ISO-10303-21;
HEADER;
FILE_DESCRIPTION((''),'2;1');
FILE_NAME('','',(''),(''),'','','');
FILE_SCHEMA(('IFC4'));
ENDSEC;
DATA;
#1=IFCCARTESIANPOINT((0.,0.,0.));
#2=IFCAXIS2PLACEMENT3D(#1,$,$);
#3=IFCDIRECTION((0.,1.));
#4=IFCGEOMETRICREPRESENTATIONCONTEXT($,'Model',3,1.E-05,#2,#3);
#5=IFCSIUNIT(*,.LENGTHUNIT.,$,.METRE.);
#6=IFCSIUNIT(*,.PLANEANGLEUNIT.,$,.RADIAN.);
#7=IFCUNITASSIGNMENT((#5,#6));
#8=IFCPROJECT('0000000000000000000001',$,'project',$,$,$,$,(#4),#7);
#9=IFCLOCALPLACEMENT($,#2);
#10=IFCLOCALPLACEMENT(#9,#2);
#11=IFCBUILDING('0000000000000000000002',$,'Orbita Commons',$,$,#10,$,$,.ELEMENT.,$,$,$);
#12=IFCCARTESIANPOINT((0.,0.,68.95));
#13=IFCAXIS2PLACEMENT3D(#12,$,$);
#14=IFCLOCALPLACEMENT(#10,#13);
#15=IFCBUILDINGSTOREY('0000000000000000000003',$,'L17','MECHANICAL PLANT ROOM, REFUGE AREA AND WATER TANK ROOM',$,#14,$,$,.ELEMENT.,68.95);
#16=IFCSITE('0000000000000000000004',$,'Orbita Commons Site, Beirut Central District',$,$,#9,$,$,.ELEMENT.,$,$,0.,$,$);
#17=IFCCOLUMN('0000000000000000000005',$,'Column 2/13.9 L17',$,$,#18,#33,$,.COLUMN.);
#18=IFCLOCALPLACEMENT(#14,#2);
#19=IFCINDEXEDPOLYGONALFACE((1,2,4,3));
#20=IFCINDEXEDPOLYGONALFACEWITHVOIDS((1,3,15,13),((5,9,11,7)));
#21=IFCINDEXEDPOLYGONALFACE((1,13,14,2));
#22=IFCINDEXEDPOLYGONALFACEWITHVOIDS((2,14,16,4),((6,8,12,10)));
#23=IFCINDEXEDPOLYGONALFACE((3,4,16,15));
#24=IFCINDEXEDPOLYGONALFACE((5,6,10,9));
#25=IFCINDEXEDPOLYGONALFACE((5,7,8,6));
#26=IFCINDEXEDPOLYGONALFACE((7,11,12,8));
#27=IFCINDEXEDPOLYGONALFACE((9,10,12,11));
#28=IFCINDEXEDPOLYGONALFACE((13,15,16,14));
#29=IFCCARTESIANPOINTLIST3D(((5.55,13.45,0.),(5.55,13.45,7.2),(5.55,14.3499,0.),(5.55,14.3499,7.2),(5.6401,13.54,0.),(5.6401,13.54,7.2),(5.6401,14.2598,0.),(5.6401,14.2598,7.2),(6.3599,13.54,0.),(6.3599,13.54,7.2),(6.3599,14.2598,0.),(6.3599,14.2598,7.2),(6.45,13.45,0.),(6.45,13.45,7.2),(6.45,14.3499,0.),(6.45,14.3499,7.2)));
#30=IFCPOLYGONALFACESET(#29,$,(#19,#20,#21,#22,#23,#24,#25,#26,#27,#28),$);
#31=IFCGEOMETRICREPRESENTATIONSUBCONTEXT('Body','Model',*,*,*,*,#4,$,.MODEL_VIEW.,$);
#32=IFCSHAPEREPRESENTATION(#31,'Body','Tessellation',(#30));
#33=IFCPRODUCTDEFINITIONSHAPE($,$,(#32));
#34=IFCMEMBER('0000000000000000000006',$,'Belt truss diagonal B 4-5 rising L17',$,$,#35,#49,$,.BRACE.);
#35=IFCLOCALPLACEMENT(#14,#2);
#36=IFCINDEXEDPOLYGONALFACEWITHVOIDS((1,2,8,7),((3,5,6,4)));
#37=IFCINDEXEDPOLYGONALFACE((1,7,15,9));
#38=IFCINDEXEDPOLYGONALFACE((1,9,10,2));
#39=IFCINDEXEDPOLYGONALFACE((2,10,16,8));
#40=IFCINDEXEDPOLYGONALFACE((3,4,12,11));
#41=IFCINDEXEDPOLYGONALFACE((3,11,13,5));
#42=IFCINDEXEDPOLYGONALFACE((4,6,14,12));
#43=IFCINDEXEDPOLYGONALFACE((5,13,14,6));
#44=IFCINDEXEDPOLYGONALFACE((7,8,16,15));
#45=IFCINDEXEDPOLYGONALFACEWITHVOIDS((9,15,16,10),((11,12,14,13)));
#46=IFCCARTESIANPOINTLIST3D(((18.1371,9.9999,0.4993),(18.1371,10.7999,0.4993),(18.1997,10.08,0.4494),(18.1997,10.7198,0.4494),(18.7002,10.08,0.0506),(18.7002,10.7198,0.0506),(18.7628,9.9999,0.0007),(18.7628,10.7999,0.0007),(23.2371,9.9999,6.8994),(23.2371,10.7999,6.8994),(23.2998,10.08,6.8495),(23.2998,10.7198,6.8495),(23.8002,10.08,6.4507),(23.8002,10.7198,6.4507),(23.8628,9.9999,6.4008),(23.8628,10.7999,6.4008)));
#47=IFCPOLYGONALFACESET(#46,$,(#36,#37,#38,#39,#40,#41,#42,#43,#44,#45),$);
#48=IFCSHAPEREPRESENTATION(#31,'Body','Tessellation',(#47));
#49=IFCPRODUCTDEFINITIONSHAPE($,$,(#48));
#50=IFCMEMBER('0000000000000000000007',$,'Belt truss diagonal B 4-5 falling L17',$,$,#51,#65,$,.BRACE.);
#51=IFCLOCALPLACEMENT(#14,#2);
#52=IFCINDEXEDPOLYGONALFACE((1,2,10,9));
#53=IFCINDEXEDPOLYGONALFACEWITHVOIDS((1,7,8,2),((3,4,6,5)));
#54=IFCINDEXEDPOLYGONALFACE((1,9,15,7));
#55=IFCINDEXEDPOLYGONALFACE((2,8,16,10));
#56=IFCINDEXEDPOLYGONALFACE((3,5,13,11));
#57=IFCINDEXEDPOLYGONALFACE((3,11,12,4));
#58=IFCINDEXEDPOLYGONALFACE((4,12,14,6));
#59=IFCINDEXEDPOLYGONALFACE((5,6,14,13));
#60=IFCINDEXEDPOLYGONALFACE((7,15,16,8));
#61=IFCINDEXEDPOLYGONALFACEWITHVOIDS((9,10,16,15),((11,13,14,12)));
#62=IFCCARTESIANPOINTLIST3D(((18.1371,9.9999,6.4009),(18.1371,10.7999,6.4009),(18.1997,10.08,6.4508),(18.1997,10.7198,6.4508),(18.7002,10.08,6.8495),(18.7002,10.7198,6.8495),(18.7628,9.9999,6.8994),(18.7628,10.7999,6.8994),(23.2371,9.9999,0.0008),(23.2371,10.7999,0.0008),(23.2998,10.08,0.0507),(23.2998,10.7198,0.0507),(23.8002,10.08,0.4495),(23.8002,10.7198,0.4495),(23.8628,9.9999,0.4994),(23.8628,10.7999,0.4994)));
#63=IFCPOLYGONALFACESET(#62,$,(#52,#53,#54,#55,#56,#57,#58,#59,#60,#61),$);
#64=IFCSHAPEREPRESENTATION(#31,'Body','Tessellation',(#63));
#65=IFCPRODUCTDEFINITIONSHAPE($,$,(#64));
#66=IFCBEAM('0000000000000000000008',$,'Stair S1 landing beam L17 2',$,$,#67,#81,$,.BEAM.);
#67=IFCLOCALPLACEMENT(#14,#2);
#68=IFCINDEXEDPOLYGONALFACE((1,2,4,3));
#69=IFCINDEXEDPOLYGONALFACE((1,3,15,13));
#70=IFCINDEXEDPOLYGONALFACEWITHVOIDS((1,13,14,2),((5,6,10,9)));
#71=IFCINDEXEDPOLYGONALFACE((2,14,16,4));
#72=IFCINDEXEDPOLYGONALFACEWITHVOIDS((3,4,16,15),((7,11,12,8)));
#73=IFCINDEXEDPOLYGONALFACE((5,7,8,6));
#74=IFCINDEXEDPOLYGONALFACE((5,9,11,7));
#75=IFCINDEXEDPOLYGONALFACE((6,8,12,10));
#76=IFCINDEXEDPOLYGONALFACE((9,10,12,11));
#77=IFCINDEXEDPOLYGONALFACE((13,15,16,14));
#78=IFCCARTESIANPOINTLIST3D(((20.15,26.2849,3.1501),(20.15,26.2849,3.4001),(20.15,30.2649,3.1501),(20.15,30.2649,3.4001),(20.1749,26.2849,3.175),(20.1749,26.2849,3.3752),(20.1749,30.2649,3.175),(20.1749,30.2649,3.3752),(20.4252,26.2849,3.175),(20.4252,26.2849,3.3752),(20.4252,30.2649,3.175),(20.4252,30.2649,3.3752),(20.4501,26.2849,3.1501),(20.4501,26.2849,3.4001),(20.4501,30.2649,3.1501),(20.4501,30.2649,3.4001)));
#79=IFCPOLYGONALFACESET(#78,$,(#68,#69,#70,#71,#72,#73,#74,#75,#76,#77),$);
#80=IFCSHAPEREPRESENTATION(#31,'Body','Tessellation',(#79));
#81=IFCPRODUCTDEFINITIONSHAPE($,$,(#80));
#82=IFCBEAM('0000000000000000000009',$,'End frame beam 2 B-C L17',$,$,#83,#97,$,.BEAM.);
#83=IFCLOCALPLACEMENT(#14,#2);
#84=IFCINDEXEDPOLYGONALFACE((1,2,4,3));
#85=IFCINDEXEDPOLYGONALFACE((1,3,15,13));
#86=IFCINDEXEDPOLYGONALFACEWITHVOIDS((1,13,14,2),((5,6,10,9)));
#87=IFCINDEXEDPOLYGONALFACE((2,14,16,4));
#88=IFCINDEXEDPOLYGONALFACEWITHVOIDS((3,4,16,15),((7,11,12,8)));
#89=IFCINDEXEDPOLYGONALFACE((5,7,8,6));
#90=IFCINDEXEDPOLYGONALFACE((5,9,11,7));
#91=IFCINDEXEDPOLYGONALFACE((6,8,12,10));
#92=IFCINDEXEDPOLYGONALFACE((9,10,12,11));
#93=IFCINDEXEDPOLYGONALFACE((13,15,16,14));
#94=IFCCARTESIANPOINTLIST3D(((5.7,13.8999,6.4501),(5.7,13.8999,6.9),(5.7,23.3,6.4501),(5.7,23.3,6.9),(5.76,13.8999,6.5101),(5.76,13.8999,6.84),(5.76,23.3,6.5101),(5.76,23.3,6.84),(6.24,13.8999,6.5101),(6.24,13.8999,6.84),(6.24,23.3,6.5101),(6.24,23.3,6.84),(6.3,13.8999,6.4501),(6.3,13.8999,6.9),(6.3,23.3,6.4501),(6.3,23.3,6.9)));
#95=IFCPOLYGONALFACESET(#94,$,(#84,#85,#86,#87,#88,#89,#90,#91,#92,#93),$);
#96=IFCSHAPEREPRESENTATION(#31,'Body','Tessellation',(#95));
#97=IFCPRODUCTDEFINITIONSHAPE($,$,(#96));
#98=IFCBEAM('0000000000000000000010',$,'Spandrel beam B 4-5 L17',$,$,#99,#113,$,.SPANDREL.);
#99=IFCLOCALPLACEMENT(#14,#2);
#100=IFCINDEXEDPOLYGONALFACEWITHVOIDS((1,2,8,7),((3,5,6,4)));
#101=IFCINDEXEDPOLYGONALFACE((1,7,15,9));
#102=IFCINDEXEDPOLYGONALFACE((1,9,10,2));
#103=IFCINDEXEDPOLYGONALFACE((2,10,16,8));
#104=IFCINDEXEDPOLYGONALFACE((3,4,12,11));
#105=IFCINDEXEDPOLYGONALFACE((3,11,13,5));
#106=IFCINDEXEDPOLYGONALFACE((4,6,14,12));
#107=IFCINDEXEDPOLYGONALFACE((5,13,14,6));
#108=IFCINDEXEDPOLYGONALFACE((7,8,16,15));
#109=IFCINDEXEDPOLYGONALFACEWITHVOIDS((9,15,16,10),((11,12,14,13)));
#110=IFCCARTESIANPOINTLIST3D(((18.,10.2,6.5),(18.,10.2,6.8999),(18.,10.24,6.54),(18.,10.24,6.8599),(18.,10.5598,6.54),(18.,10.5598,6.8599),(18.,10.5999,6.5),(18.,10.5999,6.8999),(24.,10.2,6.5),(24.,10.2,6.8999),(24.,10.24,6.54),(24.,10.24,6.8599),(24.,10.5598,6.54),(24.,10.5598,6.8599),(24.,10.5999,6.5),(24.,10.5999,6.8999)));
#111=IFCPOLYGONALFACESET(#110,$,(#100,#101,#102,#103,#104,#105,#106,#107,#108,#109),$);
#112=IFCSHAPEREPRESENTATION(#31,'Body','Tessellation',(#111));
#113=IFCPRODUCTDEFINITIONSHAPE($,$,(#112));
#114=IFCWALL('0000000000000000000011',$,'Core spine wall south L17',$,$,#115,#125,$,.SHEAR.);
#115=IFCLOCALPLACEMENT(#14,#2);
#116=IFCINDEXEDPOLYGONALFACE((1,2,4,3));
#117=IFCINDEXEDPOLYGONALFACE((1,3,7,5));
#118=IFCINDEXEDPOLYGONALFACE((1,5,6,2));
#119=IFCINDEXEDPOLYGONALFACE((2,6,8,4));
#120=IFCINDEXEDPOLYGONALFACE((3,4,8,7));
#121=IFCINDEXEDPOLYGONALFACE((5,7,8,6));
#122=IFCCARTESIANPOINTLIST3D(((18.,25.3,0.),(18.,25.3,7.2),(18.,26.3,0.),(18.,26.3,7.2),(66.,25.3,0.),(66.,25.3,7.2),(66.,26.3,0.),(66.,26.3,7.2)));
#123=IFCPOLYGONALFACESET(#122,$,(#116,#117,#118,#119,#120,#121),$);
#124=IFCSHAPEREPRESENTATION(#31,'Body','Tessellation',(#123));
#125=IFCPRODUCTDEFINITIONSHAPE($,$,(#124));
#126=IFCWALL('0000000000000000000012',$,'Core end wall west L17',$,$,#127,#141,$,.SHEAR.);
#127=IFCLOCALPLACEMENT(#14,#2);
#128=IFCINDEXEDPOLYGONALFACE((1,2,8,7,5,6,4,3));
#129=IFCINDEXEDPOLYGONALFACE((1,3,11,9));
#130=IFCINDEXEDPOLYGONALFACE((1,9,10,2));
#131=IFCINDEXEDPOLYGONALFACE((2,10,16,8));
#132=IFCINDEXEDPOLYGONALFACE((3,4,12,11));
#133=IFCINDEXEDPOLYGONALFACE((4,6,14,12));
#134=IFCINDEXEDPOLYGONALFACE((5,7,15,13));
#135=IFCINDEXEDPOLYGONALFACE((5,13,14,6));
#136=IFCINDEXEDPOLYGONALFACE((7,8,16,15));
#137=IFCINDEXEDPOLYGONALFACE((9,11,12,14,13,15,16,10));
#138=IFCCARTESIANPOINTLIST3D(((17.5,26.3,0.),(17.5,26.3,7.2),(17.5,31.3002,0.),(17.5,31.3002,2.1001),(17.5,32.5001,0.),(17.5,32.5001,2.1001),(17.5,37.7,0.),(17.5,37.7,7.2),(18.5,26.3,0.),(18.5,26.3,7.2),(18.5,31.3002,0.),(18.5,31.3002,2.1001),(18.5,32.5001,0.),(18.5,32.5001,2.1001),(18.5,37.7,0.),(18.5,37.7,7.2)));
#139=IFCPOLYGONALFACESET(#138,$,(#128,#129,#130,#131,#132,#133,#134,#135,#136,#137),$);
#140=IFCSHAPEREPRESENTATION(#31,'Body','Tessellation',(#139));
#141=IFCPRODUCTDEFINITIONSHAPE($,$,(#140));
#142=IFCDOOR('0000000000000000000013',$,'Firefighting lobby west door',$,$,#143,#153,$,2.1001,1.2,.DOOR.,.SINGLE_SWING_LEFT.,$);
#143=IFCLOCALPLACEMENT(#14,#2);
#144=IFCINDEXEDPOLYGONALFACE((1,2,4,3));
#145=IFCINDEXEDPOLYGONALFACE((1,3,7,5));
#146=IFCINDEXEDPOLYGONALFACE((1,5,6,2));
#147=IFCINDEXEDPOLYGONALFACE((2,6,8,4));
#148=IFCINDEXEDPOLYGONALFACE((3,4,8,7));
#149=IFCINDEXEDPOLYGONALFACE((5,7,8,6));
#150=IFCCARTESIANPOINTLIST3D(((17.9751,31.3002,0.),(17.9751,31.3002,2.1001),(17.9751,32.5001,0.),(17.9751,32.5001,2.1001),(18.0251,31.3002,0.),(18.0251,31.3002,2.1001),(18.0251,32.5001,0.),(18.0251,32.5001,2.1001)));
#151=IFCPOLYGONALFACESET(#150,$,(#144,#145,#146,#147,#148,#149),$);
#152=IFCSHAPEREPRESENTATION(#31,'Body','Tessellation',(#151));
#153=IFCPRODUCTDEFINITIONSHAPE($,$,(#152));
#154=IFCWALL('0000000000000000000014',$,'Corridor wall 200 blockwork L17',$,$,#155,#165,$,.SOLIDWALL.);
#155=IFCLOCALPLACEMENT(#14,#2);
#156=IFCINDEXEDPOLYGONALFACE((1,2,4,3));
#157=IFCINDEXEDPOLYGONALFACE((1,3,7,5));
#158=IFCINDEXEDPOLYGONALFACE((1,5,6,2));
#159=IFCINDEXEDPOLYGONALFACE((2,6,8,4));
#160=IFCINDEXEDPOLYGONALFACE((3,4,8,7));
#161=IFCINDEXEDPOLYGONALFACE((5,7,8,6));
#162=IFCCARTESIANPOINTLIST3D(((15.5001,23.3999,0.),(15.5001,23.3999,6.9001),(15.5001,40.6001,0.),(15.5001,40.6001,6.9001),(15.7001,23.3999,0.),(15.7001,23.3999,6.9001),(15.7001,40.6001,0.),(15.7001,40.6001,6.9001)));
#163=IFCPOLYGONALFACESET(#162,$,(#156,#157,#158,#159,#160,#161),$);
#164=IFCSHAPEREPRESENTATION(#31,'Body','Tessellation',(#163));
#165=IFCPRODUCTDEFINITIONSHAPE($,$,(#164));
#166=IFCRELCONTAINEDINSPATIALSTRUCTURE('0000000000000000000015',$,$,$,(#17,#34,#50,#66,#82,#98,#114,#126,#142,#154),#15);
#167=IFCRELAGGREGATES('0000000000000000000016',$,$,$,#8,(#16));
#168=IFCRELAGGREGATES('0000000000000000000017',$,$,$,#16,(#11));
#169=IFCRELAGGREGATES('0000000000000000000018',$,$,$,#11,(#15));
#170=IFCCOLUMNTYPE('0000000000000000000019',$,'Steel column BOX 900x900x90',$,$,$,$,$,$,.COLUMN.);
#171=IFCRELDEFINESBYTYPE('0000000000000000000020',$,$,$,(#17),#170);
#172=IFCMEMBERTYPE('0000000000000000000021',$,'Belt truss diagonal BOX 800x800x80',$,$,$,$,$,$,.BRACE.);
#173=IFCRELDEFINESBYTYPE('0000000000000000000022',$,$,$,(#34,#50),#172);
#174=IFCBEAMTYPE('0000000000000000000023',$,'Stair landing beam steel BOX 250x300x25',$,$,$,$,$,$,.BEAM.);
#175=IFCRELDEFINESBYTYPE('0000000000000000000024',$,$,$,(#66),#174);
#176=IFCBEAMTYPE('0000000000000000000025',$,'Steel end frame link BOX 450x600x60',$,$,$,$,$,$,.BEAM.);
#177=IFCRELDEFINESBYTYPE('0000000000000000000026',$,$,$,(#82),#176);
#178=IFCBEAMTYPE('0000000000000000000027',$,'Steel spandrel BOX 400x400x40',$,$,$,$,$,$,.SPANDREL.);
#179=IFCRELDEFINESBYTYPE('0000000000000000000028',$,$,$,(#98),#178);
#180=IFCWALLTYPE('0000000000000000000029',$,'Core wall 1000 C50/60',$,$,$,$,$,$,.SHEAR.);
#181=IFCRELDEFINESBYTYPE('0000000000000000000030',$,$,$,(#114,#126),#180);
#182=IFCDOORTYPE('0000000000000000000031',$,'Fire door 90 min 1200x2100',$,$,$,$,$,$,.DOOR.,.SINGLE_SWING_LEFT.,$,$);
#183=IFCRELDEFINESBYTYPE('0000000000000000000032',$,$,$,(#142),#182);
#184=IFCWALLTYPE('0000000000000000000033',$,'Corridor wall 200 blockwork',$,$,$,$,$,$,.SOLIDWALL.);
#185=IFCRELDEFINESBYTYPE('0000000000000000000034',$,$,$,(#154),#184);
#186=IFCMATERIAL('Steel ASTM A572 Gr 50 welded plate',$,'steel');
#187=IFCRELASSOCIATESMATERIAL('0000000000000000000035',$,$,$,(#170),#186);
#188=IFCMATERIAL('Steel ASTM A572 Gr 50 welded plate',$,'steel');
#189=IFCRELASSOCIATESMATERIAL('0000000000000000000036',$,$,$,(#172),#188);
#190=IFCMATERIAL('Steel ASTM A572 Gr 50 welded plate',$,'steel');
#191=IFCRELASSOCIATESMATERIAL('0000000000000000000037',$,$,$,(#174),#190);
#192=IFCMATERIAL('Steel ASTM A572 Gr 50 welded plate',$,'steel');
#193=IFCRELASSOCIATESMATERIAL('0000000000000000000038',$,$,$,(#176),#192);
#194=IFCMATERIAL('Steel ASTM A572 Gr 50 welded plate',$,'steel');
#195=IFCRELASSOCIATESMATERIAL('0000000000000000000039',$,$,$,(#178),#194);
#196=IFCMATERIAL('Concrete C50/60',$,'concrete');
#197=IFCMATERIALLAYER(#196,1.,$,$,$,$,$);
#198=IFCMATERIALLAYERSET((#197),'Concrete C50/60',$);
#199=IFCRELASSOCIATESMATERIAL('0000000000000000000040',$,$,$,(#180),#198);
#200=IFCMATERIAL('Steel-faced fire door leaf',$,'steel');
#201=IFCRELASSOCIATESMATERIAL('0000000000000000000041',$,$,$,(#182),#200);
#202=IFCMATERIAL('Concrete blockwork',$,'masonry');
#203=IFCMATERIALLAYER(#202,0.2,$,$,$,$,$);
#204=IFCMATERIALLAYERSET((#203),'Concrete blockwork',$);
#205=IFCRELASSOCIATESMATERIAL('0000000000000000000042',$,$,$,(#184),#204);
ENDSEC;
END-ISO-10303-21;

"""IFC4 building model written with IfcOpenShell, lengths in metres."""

from ifc_helpers import new_model, si_unit, direction, frame, frame_2d, origin, origin_2d, place, context, subcontext, project, spatial, rectangle, hollow_rectangle, extrude, material, layer, layer_set, material_profile, profile_set, type_object, element, fill, save


model = new_model("IFC4")

# Units and contexts
model_context = context("Model", 3, precision=1e-05, world=origin(), true_north=direction((0.0, 1.0)))
body_context = subcontext(model_context, "Body", "Model", "MODEL_VIEW")
ifc_project = project(units=[si_unit("LENGTHUNIT", "METRE"), si_unit("PLANEANGLEUNIT", "RADIAN")], contexts=[model_context])

# Site, building, storey
site_placement = place(None, origin())
site = spatial("IfcSite", under=ifc_project, at=site_placement, Name="Orbita Commons Site, Beirut Central District", CompositionType="ELEMENT", RefElevation=0.0)
building_placement = place(site_placement, origin())
building = spatial("IfcBuilding", under=site, at=building_placement, Name="Orbita Commons", CompositionType="ELEMENT")
storey_placement = place(building_placement, frame((0.0, 0.0, 68.95)))
storey = spatial("IfcBuildingStorey", under=building, at=storey_placement, Name="L17", Description="MECHANICAL PLANT ROOM, REFUGE AREA AND WATER TANK ROOM", CompositionType="ELEMENT", Elevation=68.95)

# Column
ifc_material_1 = material(Name="Steel ASTM A572 Gr 50 welded plate", Category="steel")
ifc_material_profile_1 = material_profile(ifc_material_1, hollow_rectangle(XDim=0.8999, YDim=0.8999, WallThickness=0.0901, at=origin_2d()), Name="BOX 900x900x90")
ifc_profile_set_1 = profile_set([ifc_material_profile_1], Name="Steel ASTM A572 Gr 50 welded plate")
column_type = type_object("IfcColumnType", Name="Steel column BOX 900x900x90", PredefinedType="COLUMN", material=ifc_profile_set_1)
column_placement = place(storey_placement, frame((6.0, 13.8999, 0.0), z_axis=(0.0, 0.0, 1.0), x_axis=(1.0, 0.0, 0.0)))
element("IfcColumn", 1, at=column_placement, inside=storey, type_object=column_type, Name="Column 2/13.9 L17", PredefinedType="COLUMN", context=body_context, shape_type="SweptSolid", body=[
    extrude(hollow_rectangle(XDim=0.8999, YDim=0.8999, WallThickness=0.0901, at=origin_2d()), origin(), (0.0, 0.0, 1.0), 7.2),
])

# Members
ifc_material_2 = material(Name="Steel ASTM A572 Gr 50 welded plate", Category="steel")
ifc_material_profile_2 = material_profile(ifc_material_2, hollow_rectangle(XDim=0.8, YDim=0.8, WallThickness=0.0801, at=origin_2d()), Name="BOX 800x800x80")
ifc_profile_set_2 = profile_set([ifc_material_profile_2], Name="Steel ASTM A572 Gr 50 welded plate")
member_type = type_object("IfcMemberType", Name="Belt truss diagonal BOX 800x800x80", PredefinedType="BRACE", material=ifc_profile_set_2)
for number, where, z_axis, x_axis, name in (
    (2, (18.45, 10.3999, 0.25), (0.623202, 0.0, 0.782061), (0.0, 1.0, 0.0), "Belt truss diagonal B 4-5 rising L17"),
    (3, (18.45, 10.3999, 6.6501), (0.623202, 0.0, -0.782061), (0.0, 1.0, 0.0), "Belt truss diagonal B 4-5 falling L17"),
):
    element("IfcMember", number, at=place(storey_placement, frame(where, z_axis=z_axis, x_axis=x_axis)), inside=storey, type_object=member_type, Name=name, PredefinedType="BRACE", context=body_context, shape_type="SweptSolid", body=[
        extrude(hollow_rectangle(XDim=0.8, YDim=0.8, WallThickness=0.0801, at=origin_2d()), origin(), (0.0, 0.0, 1.0), 8.1836),
    ])

# Beams
ifc_material_3 = material(Name="Steel ASTM A572 Gr 50 welded plate", Category="steel")
ifc_material_profile_3 = material_profile(ifc_material_3, hollow_rectangle(XDim=0.3, YDim=0.25, WallThickness=0.0249, at=origin_2d()), Name="BOX 250x300x25")
ifc_profile_set_3 = profile_set([ifc_material_profile_3], Name="Steel ASTM A572 Gr 50 welded plate")
beam_type_1 = type_object("IfcBeamType", Name="Stair landing beam steel BOX 250x300x25", PredefinedType="BEAM", material=ifc_profile_set_3)
beam_1_placement = place(storey_placement, frame((20.3, 26.2849, 3.2751), z_axis=(0.0, 1.0, 0.0), x_axis=(-1.0, 0.0, 0.0)))
element("IfcBeam", 4, at=beam_1_placement, inside=storey, type_object=beam_type_1, Name="Stair S1 landing beam L17 2", PredefinedType="BEAM", context=body_context, shape_type="SweptSolid", body=[
    extrude(hollow_rectangle(XDim=0.3, YDim=0.25, WallThickness=0.0249, at=origin_2d()), origin(), (0.0, 0.0, 1.0), 3.98),
])
ifc_material_4 = material(Name="Steel ASTM A572 Gr 50 welded plate", Category="steel")
ifc_material_profile_4 = material_profile(ifc_material_4, hollow_rectangle(XDim=0.6001, YDim=0.45, WallThickness=0.0601, at=origin_2d()), Name="BOX 450x600x60")
ifc_profile_set_4 = profile_set([ifc_material_profile_4], Name="Steel ASTM A572 Gr 50 welded plate")
beam_type_2 = type_object("IfcBeamType", Name="Steel end frame link BOX 450x600x60", PredefinedType="BEAM", material=ifc_profile_set_4)
beam_2_placement = place(storey_placement, frame((6.0, 13.8999, 6.675), z_axis=(0.0, 1.0, 0.0), x_axis=(-1.0, 0.0, 0.0)))
element("IfcBeam", 5, at=beam_2_placement, inside=storey, type_object=beam_type_2, Name="End frame beam 2 B-C L17", PredefinedType="BEAM", context=body_context, shape_type="SweptSolid", body=[
    extrude(hollow_rectangle(XDim=0.6001, YDim=0.45, WallThickness=0.0601, at=origin_2d()), origin(), (0.0, 0.0, 1.0), 9.4001),
])
ifc_material_5 = material(Name="Steel ASTM A572 Gr 50 welded plate", Category="steel")
ifc_material_profile_5 = material_profile(ifc_material_5, hollow_rectangle(XDim=0.3999, YDim=0.3999, WallThickness=0.04, at=origin_2d()), Name="BOX 400x400x40")
ifc_profile_set_5 = profile_set([ifc_material_profile_5], Name="Steel ASTM A572 Gr 50 welded plate")
beam_type_3 = type_object("IfcBeamType", Name="Steel spandrel BOX 400x400x40", PredefinedType="SPANDREL", material=ifc_profile_set_5)
beam_3_placement = place(storey_placement, frame((18.0, 10.3999, 6.7), z_axis=(1.0, 0.0, 0.0), x_axis=(0.0, 1.0, 0.0)))
element("IfcBeam", 6, at=beam_3_placement, inside=storey, type_object=beam_type_3, Name="Spandrel beam B 4-5 L17", PredefinedType="SPANDREL", context=body_context, shape_type="SweptSolid", body=[
    extrude(hollow_rectangle(XDim=0.3999, YDim=0.3999, WallThickness=0.04, at=origin_2d()), origin(), (0.0, 0.0, 1.0), 6.0),
])

# Wall
ifc_material_6 = material(Name="Concrete C50/60", Category="concrete")
ifc_layer_1 = layer(ifc_material_6, 1.0)
ifc_layer_set_1 = layer_set([ifc_layer_1], Name="Concrete C50/60")
wall_type_1 = type_object("IfcWallType", Name="Core wall 1000 C50/60", PredefinedType="SHEAR", material=ifc_layer_set_1)
wall_1_placement = place(storey_placement, frame((18.0, 25.8, 0.0), z_axis=(0.0, 0.0, 1.0), x_axis=(1.0, 0.0, 0.0)))
element("IfcWall", 7, at=wall_1_placement, inside=storey, type_object=wall_type_1, Name="Core spine wall south L17", PredefinedType="SHEAR", context=body_context, shape_type="SweptSolid", body=[
    extrude(rectangle(XDim=48.0, YDim=1.0, at=frame_2d((24.0, 0.0))), origin(), (0.0, 0.0, 1.0), 7.2),
])

# Wall, opening, door
wall_2_placement = place(storey_placement, frame((18.0, 26.3, 0.0), z_axis=(0.0, 0.0, 1.0), x_axis=(0.0, 1.0, 0.0)))
wall_2 = element("IfcWall", 8, at=wall_2_placement, inside=storey, type_object=wall_type_1, Name="Core end wall west L17", PredefinedType="SHEAR", context=body_context, shape_type="SweptSolid", body=[
    extrude(rectangle(XDim=11.3999, YDim=1.0, at=frame_2d((5.7, 0.0))), origin(), (0.0, 0.0, 1.0), 7.2),
])
opening_1_placement = place(wall_2_placement, frame((5.0, 0.0, 0.0)))
opening_1 = element("IfcOpeningElement", 9, at=opening_1_placement, cuts=wall_2, PredefinedType="OPENING", context=body_context, shape_type="SweptSolid", body=[
    extrude(rectangle(XDim=1.2, YDim=2.1001, at=frame_2d((0.6001, 1.05))), frame((0.0, 0.51, 0.0), z_axis=(0.0, -1.0, 0.0), x_axis=(1.0, 0.0, 0.0)), (0.0, 0.0, 1.0), 1.02),
])
ifc_material_7 = material(Name="Steel-faced fire door leaf", Category="steel")
door_type = type_object("IfcDoorType", Name="Fire door 90 min 1200x2100", OperationType="SINGLE_SWING_LEFT", PredefinedType="DOOR", material=ifc_material_7)
door_1_placement = place(opening_1_placement, origin())
door_1 = element("IfcDoor", 10, at=door_1_placement, inside=storey, type_object=door_type, Name="Firefighting lobby west door", OperationType="SINGLE_SWING_LEFT", OverallHeight=2.1001, OverallWidth=1.2, PredefinedType="DOOR", context=body_context, shape_type="SweptSolid", body=[
    extrude(rectangle(XDim=1.2, YDim=2.1001, at=frame_2d((0.6001, 1.05))), frame((0.0, 0.0249, 0.0), z_axis=(0.0, -1.0, 0.0), x_axis=(1.0, 0.0, 0.0)), (0.0, 0.0, 1.0), 0.05),
])
fill(opening_1, door_1)

# Wall
ifc_material_8 = material(Name="Concrete blockwork", Category="masonry")
ifc_layer_2 = layer(ifc_material_8, 0.2)
ifc_layer_set_2 = layer_set([ifc_layer_2], Name="Concrete blockwork")
wall_type_2 = type_object("IfcWallType", Name="Corridor wall 200 blockwork", PredefinedType="SOLIDWALL", material=ifc_layer_set_2)
wall_3_placement = place(storey_placement, frame((15.6001, 23.3999, 0.0), z_axis=(0.0, 0.0, 1.0), x_axis=(0.0, 1.0, 0.0)))
element("IfcWall", 11, at=wall_3_placement, inside=storey, type_object=wall_type_2, Name="Corridor wall 200 blockwork L17", PredefinedType="SOLIDWALL", context=body_context, shape_type="SweptSolid", body=[
    extrude(rectangle(XDim=17.2002, YDim=0.2, at=frame_2d((8.6001, 0.0))), origin(), (0.0, 0.0, 1.0), 6.9001),
])

save(model, "model.ifc")
